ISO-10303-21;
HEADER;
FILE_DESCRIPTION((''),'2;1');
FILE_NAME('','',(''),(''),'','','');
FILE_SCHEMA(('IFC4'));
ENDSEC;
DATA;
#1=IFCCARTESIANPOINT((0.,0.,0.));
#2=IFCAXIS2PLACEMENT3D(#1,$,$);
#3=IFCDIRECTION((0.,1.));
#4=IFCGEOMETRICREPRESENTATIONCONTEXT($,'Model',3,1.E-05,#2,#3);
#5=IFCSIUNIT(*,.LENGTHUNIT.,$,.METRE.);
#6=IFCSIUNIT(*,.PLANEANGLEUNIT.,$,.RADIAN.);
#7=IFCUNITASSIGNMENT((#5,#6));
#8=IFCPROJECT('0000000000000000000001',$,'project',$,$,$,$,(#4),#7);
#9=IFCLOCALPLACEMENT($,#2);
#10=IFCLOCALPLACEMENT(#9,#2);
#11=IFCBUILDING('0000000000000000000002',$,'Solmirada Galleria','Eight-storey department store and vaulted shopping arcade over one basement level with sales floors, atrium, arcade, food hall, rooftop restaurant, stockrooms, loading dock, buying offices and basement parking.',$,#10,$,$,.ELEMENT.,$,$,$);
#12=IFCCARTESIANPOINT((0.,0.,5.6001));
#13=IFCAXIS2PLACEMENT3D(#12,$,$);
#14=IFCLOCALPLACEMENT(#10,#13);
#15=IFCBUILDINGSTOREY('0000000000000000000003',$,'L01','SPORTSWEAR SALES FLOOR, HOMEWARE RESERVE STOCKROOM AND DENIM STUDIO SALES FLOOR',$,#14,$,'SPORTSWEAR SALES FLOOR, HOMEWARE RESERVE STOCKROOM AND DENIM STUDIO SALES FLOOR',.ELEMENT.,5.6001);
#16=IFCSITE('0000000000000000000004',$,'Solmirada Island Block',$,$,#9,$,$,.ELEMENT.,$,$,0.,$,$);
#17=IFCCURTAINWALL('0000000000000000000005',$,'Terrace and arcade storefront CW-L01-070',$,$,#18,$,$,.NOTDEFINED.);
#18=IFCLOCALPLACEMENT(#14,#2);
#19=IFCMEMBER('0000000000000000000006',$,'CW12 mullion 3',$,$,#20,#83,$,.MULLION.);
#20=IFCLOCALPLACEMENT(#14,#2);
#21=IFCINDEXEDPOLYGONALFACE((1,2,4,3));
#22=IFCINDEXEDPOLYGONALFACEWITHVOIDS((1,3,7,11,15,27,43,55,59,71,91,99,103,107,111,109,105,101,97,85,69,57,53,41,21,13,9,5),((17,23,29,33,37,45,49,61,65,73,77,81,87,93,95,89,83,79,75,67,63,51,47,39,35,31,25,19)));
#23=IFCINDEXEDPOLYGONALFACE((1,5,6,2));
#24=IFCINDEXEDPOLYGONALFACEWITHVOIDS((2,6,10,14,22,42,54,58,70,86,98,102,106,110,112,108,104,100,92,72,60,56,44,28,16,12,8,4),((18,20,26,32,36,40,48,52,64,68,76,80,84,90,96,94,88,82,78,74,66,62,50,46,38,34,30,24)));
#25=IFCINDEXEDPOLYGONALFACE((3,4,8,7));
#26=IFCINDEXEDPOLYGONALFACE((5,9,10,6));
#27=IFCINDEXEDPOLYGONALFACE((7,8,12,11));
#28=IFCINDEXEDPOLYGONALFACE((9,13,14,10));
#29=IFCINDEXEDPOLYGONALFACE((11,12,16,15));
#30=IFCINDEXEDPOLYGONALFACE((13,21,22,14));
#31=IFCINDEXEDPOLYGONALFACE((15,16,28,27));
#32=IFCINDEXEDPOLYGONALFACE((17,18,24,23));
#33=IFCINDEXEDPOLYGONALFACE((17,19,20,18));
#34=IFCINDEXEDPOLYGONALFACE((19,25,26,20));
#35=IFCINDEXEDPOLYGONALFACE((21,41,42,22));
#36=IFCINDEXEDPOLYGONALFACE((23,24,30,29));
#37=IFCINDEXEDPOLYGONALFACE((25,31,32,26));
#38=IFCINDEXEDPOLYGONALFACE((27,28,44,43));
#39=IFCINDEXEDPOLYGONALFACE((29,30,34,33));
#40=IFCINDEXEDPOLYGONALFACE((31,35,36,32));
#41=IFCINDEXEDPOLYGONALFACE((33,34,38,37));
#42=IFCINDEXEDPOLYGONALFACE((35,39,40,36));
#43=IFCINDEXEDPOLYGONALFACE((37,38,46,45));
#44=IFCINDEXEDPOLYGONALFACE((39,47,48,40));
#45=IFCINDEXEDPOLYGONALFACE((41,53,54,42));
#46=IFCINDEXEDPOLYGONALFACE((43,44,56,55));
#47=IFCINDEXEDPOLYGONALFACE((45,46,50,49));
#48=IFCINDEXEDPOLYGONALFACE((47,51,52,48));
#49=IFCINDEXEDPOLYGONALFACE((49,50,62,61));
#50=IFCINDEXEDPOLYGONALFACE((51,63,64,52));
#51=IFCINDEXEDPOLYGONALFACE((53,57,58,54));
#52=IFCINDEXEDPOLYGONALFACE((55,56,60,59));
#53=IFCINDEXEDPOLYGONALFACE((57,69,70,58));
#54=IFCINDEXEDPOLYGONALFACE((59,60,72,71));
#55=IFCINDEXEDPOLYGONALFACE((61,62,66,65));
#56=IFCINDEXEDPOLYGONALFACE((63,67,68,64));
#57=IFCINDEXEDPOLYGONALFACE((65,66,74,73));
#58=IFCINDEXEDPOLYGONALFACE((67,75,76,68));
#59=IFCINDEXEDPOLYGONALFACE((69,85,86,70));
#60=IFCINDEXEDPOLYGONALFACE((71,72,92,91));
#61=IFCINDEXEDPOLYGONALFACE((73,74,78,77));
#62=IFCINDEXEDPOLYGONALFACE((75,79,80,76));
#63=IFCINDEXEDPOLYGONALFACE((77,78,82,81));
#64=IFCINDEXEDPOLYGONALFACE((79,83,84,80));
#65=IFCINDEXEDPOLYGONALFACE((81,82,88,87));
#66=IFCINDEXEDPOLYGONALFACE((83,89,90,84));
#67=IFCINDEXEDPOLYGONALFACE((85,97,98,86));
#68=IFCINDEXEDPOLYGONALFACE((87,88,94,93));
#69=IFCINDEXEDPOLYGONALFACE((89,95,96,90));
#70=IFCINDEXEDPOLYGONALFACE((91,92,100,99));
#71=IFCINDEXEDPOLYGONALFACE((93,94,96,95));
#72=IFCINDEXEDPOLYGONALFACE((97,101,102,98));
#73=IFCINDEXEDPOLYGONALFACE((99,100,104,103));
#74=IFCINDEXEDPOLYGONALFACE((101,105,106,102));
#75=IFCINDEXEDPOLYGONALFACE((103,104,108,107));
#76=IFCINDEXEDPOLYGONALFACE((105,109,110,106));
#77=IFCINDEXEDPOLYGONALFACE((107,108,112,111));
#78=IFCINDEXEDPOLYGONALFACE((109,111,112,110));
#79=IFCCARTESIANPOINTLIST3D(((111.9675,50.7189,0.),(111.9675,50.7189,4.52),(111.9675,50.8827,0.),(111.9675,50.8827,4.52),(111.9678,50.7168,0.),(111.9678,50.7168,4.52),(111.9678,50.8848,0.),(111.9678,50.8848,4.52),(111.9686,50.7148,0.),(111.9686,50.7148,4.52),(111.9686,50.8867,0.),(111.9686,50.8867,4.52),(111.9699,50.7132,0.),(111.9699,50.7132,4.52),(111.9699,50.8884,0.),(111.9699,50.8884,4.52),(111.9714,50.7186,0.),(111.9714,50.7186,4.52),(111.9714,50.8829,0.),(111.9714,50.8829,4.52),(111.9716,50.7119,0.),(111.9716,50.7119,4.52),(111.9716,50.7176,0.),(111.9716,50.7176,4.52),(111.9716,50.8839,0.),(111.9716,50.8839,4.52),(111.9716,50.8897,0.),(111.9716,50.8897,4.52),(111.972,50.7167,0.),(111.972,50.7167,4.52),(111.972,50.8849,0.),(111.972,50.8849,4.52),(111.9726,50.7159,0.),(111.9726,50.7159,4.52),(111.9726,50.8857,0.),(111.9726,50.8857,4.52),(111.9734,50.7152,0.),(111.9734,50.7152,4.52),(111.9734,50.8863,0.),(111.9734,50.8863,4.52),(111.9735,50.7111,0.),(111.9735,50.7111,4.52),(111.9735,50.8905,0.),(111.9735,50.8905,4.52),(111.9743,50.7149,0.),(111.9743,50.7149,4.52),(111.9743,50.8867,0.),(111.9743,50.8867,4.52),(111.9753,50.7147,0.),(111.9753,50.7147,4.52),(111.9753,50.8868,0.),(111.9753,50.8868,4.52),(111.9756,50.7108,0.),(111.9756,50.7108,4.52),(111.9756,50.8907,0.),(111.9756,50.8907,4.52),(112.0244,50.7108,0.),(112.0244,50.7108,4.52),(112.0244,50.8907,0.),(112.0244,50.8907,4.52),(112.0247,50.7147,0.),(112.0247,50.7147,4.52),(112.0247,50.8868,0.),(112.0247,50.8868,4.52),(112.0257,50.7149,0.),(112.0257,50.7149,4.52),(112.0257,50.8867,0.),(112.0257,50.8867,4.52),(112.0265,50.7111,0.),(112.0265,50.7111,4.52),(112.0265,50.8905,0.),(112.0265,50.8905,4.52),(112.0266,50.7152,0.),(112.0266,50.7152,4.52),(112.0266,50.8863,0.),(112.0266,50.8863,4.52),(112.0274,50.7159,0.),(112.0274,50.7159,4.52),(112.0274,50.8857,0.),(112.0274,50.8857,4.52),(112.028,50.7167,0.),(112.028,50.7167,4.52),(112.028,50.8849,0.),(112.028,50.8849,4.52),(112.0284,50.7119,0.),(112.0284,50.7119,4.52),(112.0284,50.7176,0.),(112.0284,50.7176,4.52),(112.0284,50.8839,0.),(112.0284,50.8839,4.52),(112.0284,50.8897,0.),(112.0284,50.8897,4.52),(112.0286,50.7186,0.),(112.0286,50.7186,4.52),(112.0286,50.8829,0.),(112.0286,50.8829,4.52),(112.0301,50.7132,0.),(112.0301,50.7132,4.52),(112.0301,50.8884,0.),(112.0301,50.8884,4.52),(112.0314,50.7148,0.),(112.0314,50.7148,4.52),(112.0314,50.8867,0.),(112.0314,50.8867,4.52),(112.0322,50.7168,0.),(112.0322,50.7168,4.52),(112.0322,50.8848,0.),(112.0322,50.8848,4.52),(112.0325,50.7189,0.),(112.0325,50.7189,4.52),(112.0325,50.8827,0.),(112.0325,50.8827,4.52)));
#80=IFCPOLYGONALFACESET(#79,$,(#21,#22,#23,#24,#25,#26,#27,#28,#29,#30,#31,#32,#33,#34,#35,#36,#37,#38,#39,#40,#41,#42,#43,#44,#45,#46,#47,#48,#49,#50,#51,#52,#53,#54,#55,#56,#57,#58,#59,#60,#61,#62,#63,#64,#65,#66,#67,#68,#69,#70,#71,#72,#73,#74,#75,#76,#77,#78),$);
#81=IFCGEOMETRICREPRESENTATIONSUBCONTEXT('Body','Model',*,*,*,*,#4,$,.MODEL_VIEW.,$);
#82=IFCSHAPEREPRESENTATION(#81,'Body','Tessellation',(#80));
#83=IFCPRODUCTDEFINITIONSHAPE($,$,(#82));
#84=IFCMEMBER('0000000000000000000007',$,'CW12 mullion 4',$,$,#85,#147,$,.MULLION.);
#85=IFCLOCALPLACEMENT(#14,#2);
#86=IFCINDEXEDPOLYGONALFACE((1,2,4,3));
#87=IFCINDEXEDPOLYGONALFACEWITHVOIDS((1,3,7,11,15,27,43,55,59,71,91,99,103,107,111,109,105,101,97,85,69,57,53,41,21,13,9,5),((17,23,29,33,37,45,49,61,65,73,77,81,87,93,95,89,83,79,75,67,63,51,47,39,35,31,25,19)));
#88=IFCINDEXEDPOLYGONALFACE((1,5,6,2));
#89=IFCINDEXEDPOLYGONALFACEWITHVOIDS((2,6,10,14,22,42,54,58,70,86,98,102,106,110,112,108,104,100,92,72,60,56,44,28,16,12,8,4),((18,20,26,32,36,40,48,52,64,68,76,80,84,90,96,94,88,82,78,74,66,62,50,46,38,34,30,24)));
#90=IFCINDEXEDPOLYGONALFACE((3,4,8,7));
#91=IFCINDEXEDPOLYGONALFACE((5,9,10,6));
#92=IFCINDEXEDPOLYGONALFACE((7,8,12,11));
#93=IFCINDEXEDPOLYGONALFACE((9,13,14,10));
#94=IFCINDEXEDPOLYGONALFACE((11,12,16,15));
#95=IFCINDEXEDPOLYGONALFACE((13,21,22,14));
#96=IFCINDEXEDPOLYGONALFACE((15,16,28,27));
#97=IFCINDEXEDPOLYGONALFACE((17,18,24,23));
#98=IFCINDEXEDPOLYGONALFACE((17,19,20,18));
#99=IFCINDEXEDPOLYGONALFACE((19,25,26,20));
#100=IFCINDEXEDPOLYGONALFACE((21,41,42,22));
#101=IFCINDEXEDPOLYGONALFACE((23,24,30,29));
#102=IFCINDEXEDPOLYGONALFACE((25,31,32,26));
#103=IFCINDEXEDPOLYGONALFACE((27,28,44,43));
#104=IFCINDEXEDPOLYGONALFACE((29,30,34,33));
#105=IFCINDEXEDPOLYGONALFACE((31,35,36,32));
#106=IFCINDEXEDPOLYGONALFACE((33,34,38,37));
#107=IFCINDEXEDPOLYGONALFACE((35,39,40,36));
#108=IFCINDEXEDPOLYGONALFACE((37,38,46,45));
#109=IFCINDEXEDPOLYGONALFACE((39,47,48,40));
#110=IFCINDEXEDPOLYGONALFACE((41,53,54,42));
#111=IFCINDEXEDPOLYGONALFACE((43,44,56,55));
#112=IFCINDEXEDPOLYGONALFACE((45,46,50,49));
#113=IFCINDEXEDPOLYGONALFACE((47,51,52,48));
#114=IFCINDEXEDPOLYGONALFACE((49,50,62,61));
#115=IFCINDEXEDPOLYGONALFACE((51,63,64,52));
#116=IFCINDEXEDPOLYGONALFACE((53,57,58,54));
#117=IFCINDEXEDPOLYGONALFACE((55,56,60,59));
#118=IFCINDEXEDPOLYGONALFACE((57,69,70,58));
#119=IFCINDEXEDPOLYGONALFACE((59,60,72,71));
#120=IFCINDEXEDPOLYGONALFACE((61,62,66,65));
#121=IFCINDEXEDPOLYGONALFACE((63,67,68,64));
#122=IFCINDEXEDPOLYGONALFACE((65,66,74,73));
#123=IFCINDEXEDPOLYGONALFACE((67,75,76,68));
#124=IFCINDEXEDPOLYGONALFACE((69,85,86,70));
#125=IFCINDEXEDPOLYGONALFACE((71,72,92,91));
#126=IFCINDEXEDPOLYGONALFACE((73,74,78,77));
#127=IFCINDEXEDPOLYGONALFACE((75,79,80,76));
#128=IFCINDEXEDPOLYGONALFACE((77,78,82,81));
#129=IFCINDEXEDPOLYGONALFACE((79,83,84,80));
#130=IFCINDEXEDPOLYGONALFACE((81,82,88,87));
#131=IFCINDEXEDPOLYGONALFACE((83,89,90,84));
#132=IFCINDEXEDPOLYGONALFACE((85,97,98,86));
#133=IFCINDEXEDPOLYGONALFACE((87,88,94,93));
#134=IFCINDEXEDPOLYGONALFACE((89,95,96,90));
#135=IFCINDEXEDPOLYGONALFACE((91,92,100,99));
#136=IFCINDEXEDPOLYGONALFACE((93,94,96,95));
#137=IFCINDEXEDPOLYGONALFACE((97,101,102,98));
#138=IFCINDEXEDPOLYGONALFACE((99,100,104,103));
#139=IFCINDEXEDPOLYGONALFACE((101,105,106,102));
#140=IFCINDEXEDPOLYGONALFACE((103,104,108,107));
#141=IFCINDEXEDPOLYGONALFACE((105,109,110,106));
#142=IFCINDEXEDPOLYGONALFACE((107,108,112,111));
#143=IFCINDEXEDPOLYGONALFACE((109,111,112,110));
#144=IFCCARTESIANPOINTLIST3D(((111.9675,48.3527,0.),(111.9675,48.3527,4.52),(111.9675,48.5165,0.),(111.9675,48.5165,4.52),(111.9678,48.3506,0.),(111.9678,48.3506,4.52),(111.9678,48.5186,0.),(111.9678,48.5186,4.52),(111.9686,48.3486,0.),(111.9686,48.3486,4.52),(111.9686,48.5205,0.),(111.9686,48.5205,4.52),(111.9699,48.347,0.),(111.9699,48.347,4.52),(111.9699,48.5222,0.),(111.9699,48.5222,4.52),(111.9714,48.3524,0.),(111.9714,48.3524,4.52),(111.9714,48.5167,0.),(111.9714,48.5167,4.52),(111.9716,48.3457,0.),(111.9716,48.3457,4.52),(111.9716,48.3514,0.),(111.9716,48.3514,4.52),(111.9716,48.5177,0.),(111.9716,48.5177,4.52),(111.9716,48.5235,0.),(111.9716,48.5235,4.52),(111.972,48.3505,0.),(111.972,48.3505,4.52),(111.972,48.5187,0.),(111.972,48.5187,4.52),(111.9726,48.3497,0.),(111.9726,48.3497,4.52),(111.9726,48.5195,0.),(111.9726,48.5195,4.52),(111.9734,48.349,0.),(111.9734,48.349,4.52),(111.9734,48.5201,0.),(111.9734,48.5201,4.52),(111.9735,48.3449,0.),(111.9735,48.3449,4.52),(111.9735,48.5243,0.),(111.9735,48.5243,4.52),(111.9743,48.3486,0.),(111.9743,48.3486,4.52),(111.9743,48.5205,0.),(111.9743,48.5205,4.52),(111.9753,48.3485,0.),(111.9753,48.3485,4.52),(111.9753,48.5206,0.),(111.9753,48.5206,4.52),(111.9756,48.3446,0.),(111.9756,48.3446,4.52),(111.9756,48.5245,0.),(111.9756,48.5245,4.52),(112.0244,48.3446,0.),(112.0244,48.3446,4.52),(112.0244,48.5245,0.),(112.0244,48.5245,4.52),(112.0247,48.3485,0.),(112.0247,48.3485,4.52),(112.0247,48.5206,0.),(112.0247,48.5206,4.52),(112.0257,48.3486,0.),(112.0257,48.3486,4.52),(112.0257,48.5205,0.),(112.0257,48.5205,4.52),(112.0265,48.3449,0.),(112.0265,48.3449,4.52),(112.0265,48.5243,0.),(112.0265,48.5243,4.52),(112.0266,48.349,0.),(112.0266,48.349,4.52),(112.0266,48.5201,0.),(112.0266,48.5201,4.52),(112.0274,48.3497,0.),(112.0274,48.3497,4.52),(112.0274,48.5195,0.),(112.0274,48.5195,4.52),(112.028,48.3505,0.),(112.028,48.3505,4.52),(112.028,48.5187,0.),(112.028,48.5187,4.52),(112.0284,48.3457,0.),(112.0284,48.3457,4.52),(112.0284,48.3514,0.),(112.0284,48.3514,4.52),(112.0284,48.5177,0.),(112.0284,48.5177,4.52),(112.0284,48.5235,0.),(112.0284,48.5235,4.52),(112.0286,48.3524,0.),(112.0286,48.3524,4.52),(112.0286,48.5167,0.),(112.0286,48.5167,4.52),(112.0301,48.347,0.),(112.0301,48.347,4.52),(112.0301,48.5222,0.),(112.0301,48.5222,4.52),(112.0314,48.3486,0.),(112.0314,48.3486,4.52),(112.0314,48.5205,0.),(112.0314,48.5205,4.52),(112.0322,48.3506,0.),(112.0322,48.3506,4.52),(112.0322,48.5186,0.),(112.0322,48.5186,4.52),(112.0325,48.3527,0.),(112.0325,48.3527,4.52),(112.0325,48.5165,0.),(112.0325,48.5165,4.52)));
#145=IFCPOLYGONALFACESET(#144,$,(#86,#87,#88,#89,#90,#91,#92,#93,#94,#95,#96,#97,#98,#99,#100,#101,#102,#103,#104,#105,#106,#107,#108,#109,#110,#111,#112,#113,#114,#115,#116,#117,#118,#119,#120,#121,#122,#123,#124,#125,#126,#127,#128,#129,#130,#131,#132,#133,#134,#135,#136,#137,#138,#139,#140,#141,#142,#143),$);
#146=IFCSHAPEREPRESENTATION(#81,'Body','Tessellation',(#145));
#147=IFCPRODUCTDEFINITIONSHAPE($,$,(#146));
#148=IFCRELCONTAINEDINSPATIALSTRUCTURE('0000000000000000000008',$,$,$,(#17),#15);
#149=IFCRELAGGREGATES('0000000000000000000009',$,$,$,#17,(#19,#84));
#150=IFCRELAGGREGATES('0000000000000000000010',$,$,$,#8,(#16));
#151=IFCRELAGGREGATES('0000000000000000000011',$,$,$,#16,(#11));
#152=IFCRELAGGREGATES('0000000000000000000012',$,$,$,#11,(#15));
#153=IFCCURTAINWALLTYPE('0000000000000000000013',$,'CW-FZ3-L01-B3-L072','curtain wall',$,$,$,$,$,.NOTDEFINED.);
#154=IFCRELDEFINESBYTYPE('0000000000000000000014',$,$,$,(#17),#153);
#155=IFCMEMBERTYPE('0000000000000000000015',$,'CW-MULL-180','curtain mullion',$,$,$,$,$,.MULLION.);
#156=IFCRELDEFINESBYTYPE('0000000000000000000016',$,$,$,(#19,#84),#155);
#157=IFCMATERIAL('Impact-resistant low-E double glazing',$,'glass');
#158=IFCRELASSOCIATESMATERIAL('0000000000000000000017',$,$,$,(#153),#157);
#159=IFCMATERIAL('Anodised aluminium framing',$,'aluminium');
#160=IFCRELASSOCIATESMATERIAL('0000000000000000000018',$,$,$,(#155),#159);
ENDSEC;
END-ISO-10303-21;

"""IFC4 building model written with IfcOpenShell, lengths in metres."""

from ifc_helpers import new_model, si_unit, direction, frame, origin, origin_2d, place, context, subcontext, project, spatial, hollow_rectangle, extrude, material, material_profile, profile_set, type_object, element, aggregate, save


model = new_model("IFC4")

# Units and contexts
model_context = context("Model", 3, precision=1e-05, world=origin(), true_north=direction((0.0, 1.0)))
body_context = subcontext(model_context, "Body", "Model", "MODEL_VIEW")
ifc_project = project(units=[si_unit("LENGTHUNIT", "METRE"), si_unit("PLANEANGLEUNIT", "RADIAN")], contexts=[model_context])

# Site, building, storey
site_placement = place(None, origin())
site = spatial("IfcSite", under=ifc_project, at=site_placement, Name="Solmirada Island Block", CompositionType="ELEMENT", RefElevation=0.0)
building_placement = place(site_placement, origin())
building = spatial("IfcBuilding", under=site, at=building_placement, Name="Solmirada Galleria", Description="Eight-storey department store and vaulted shopping arcade over one basement level with sales floors, atrium, arcade, food hall, rooftop restaurant, stockrooms, loading dock, buying offices and basement parking.", CompositionType="ELEMENT")
storey_placement = place(building_placement, frame((0.0, 0.0, 5.6001)))
storey = spatial("IfcBuildingStorey", under=building, at=storey_placement, Name="L01", Description="SPORTSWEAR SALES FLOOR, HOMEWARE RESERVE STOCKROOM AND DENIM STUDIO SALES FLOOR", LongName="SPORTSWEAR SALES FLOOR, HOMEWARE RESERVE STOCKROOM AND DENIM STUDIO SALES FLOOR", CompositionType="ELEMENT", Elevation=5.6001)

# Curtain wall, members
ifc_material_1 = material(Name="Impact-resistant low-E double glazing", Category="glass")
curtain_wall_type = type_object("IfcCurtainWallType", Name="CW-FZ3-L01-B3-L072", Description="curtain wall", PredefinedType="NOTDEFINED", material=ifc_material_1)
curtain_wall_1_placement = place(storey_placement, origin())
curtain_wall_1 = element("IfcCurtainWall", 1, at=curtain_wall_1_placement, inside=storey, type_object=curtain_wall_type, Name="Terrace and arcade storefront CW-L01-070", PredefinedType="NOTDEFINED")
ifc_material_2 = material(Name="Anodised aluminium framing", Category="aluminium")
ifc_material_profile_1 = material_profile(ifc_material_2, hollow_rectangle(XDim=0.0649, YDim=0.1799, WallThickness=0.0039, InnerFilletRadius=0.0039, OuterFilletRadius=0.0081, at=origin_2d()), Name="ALU-MULL-180X65")
ifc_profile_set_1 = profile_set([ifc_material_profile_1], Name="Anodised aluminium framing")
member_type_1 = type_object("IfcMemberType", Name="CW-MULL-180", Description="curtain mullion", PredefinedType="MULLION", material=ifc_profile_set_1)
member_1_placement = place(storey_placement, frame((112.0, 50.8008, 0.0), z_axis=(0.0, 0.0, 1.0), x_axis=(1.0, 0.0, 0.0)))
member_1 = element("IfcMember", 2, at=member_1_placement, type_object=member_type_1, Name="CW12 mullion 3", PredefinedType="MULLION", context=body_context, shape_type="SweptSolid", body=[
    extrude(hollow_rectangle(XDim=0.0649, YDim=0.1799, WallThickness=0.0039, InnerFilletRadius=0.0039, OuterFilletRadius=0.0081, at=origin_2d()), origin(), (0.0, 0.0, 1.0), 4.52),
])
member_2_placement = place(storey_placement, frame((112.0, 48.4346, 0.0), z_axis=(0.0, 0.0, 1.0), x_axis=(1.0, 0.0, 0.0)))
member_2 = element("IfcMember", 3, at=member_2_placement, type_object=member_type_1, Name="CW12 mullion 4", PredefinedType="MULLION", context=body_context, shape_type="SweptSolid", body=[
    extrude(hollow_rectangle(XDim=0.0649, YDim=0.1799, WallThickness=0.0039, InnerFilletRadius=0.0039, OuterFilletRadius=0.0081, at=origin_2d()), origin(), (0.0, 0.0, 1.0), 4.52),
])

aggregate(curtain_wall_1, [member_1, member_2])

save(model, "model.ifc")
